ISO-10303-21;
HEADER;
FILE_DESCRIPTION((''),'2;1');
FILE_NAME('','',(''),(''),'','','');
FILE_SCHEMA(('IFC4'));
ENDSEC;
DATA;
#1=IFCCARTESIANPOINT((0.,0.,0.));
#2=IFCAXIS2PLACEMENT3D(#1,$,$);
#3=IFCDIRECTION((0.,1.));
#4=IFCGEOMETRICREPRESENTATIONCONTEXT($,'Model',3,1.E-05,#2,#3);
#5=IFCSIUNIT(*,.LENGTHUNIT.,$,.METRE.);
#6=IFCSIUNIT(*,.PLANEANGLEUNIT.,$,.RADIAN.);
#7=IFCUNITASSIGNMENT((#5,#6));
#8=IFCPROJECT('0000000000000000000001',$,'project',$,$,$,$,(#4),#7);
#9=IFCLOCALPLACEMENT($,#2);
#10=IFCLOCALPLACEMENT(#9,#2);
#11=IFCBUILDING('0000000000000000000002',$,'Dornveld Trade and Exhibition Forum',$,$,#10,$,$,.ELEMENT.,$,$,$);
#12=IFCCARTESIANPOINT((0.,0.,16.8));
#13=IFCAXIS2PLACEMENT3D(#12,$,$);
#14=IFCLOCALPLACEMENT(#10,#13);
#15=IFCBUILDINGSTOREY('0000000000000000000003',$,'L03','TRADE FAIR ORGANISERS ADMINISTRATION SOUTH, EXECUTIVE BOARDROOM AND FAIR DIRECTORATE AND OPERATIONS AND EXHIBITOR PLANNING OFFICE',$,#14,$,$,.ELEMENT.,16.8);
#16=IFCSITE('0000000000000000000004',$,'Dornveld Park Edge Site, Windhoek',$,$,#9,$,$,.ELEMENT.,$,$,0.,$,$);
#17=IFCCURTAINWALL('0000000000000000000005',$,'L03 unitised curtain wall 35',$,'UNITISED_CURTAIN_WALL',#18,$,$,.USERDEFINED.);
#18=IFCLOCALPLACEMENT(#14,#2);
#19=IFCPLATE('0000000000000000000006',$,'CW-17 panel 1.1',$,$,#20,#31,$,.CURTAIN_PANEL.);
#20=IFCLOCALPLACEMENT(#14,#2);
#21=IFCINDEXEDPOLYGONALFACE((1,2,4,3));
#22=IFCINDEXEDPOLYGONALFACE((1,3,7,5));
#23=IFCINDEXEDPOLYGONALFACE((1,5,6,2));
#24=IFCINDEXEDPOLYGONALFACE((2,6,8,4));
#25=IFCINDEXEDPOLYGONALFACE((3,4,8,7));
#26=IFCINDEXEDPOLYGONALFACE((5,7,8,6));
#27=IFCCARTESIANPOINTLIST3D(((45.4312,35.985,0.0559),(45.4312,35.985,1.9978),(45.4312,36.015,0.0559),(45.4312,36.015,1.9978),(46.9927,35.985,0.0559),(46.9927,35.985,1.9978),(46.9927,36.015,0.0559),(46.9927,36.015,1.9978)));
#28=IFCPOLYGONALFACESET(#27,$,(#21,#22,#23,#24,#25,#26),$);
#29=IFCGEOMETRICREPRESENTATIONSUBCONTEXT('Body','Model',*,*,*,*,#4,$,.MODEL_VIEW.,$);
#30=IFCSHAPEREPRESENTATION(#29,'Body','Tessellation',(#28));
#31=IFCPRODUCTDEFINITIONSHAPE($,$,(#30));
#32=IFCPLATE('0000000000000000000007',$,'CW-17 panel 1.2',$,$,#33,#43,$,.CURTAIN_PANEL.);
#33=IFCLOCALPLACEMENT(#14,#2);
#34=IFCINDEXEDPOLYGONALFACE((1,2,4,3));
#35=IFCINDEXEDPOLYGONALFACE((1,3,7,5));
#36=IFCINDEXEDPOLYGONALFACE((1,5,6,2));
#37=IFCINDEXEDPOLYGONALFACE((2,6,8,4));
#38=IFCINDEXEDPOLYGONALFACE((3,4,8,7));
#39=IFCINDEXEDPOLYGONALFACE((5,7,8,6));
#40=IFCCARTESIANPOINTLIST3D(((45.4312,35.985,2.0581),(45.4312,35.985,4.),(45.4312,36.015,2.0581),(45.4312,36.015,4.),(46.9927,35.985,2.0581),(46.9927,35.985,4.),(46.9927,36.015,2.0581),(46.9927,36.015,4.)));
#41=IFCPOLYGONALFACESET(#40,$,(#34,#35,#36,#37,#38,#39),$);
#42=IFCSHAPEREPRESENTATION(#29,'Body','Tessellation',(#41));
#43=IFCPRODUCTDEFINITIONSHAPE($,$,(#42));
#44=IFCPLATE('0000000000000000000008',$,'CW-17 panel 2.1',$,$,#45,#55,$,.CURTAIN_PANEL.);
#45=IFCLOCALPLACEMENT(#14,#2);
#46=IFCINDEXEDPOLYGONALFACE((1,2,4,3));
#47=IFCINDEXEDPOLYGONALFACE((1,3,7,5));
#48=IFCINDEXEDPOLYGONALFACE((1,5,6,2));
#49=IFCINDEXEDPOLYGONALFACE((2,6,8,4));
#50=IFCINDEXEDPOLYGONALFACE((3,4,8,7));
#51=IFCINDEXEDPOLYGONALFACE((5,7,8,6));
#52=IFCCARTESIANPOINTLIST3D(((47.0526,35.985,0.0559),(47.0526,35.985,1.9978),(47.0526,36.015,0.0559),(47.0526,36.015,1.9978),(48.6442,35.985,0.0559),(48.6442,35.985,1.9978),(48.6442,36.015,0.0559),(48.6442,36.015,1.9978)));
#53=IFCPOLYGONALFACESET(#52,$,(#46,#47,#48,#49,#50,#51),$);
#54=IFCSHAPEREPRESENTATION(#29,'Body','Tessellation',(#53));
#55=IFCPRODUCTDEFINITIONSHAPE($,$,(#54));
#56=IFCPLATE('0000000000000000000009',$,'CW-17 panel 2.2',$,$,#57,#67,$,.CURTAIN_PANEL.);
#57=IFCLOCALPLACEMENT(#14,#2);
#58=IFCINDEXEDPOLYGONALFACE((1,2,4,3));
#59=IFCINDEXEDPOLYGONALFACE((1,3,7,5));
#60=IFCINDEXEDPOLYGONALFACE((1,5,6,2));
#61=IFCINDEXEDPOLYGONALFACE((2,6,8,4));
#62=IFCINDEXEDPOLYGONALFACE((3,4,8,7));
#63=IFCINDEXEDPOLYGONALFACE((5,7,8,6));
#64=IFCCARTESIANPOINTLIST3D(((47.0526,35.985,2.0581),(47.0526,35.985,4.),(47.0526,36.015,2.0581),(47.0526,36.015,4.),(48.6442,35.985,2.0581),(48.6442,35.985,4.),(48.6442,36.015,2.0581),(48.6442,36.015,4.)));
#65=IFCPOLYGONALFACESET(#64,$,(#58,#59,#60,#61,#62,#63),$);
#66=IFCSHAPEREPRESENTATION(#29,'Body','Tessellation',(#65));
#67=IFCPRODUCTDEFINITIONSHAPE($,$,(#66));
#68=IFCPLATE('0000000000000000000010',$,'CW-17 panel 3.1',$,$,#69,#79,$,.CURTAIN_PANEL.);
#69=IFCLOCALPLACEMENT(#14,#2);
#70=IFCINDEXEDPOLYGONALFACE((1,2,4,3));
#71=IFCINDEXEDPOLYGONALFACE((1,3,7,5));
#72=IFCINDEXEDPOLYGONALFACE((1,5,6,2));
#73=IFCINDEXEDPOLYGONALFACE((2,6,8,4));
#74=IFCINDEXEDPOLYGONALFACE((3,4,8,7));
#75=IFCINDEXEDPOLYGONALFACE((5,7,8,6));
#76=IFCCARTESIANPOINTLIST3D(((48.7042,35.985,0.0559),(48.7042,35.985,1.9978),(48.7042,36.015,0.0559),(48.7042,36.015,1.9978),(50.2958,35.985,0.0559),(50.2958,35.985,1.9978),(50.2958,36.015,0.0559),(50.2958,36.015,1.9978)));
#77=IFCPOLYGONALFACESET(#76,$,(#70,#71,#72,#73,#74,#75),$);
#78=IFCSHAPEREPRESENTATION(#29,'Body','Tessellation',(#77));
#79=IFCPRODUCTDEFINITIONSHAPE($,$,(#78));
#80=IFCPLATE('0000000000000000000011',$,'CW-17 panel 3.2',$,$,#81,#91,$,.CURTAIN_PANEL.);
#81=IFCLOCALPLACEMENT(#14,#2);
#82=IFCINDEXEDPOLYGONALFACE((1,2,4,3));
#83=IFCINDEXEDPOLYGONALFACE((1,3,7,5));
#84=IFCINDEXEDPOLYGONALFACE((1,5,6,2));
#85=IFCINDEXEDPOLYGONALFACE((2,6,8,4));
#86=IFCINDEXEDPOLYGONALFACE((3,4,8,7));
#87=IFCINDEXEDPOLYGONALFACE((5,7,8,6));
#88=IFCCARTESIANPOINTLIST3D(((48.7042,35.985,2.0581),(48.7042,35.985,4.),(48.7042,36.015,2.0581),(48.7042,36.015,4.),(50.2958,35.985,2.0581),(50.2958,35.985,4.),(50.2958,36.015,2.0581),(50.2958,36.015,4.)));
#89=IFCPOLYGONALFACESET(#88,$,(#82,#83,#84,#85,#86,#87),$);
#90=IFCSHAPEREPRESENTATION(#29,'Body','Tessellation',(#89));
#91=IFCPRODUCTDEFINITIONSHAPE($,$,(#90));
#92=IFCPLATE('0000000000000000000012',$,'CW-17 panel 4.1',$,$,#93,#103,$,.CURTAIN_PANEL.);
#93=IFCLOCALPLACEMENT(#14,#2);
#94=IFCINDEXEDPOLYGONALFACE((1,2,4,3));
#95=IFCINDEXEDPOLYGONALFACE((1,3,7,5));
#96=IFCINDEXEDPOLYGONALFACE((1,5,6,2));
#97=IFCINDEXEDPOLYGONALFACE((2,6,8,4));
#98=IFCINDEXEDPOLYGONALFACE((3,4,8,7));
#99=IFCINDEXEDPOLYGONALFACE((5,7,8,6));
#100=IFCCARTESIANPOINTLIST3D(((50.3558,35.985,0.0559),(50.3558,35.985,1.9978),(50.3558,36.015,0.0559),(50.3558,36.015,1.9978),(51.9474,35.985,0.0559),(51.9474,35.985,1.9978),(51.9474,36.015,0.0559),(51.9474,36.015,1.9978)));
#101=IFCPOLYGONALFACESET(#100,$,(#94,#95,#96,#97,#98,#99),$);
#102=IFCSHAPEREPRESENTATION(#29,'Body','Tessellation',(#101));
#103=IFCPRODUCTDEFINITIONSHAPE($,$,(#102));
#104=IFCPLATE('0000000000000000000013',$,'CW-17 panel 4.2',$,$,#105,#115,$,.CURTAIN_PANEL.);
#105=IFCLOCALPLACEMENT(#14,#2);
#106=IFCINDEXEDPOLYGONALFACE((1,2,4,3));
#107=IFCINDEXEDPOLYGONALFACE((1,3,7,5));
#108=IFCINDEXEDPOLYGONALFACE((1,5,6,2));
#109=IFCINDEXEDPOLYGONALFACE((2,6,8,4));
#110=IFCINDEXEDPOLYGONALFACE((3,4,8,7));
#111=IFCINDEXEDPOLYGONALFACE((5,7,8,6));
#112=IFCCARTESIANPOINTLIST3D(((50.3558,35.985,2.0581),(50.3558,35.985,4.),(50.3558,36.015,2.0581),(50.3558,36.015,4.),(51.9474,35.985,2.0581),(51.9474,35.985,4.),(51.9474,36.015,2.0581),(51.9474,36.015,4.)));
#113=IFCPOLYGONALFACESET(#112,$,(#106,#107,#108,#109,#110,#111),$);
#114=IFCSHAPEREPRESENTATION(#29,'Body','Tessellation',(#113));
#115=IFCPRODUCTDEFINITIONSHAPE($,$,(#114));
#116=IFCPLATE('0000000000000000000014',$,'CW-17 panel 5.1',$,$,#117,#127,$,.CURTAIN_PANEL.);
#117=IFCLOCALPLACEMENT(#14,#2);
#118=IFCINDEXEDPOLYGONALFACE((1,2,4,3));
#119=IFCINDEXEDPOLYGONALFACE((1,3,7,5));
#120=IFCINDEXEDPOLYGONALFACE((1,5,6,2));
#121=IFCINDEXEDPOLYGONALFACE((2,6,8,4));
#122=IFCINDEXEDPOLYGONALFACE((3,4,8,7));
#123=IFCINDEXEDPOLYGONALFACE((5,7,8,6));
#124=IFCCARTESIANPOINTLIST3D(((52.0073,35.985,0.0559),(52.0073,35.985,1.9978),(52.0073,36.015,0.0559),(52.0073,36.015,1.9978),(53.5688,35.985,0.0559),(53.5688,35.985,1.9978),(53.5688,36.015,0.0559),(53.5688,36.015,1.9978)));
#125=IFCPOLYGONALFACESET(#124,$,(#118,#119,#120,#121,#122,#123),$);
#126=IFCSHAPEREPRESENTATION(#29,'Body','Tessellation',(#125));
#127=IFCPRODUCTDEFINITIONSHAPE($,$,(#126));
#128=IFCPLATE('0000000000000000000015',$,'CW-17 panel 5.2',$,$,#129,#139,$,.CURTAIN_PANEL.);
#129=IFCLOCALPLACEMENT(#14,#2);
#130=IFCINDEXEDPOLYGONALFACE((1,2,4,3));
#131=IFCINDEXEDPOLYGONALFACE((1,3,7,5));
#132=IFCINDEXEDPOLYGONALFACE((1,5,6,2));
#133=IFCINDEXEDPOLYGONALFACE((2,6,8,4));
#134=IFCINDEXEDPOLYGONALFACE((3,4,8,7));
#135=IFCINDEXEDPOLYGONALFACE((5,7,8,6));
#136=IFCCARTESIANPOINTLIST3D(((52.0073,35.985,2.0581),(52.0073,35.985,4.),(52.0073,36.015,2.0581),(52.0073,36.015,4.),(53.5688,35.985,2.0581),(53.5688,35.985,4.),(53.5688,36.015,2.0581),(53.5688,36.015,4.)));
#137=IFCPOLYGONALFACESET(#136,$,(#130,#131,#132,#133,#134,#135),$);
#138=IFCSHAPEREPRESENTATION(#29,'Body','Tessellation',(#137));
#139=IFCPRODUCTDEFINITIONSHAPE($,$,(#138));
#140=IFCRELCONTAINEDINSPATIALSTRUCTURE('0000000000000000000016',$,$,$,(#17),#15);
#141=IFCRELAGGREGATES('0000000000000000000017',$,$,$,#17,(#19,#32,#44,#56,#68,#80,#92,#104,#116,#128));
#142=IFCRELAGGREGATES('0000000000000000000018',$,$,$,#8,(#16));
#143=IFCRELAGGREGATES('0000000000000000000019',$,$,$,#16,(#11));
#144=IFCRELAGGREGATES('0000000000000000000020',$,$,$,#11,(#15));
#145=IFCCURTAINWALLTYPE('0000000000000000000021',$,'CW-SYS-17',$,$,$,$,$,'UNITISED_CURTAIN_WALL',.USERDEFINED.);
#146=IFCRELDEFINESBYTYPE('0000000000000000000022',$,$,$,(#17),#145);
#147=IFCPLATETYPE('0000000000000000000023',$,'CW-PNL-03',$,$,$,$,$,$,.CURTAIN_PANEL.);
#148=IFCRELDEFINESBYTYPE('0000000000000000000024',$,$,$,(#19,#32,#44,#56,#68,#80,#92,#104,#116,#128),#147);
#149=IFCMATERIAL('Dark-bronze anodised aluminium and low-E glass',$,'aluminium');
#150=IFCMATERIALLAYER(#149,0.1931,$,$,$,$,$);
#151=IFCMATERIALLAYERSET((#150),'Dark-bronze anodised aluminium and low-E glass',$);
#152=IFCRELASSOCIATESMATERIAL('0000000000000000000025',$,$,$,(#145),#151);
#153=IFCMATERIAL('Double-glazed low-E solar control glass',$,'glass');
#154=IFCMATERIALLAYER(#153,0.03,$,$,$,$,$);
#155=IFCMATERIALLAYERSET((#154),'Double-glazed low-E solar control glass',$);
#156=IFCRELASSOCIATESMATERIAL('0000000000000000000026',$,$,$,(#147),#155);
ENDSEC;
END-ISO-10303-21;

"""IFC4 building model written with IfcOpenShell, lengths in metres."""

from ifc_helpers import new_model, si_unit, direction, frame, origin, origin_2d, place, context, subcontext, project, spatial, rectangle, extrude, material, layer, layer_set, type_object, element, aggregate, save


model = new_model("IFC4")

# Units and contexts
model_context = context("Model", 3, precision=1e-05, world=origin(), true_north=direction((0.0, 1.0)))
body_context = subcontext(model_context, "Body", "Model", "MODEL_VIEW")
ifc_project = project(units=[si_unit("LENGTHUNIT", "METRE"), si_unit("PLANEANGLEUNIT", "RADIAN")], contexts=[model_context])

# Site, building, storey
site_placement = place(None, origin())
site = spatial("IfcSite", under=ifc_project, at=site_placement, Name="Dornveld Park Edge Site, Windhoek", CompositionType="ELEMENT", RefElevation=0.0)
building_placement = place(site_placement, origin())
building = spatial("IfcBuilding", under=site, at=building_placement, Name="Dornveld Trade and Exhibition Forum", CompositionType="ELEMENT")
storey_placement = place(building_placement, frame((0.0, 0.0, 16.8)))
storey = spatial("IfcBuildingStorey", under=building, at=storey_placement, Name="L03", Description="TRADE FAIR ORGANISERS ADMINISTRATION SOUTH, EXECUTIVE BOARDROOM AND FAIR DIRECTORATE AND OPERATIONS AND EXHIBITOR PLANNING OFFICE", CompositionType="ELEMENT", Elevation=16.8)

# Curtain wall
ifc_material_1 = material(Name="Dark-bronze anodised aluminium and low-E glass", Category="aluminium")
ifc_layer_1 = layer(ifc_material_1, 0.1931)
ifc_layer_set_1 = layer_set([ifc_layer_1], Name="Dark-bronze anodised aluminium and low-E glass")
curtain_wall_type_1 = type_object("IfcCurtainWallType", Name="CW-SYS-17", ElementType="UNITISED_CURTAIN_WALL", PredefinedType="USERDEFINED", material=ifc_layer_set_1)
curtain_wall_1_placement = place(storey_placement, origin())
curtain_wall_1 = element("IfcCurtainWall", 1, at=curtain_wall_1_placement, inside=storey, type_object=curtain_wall_type_1, Name="L03 unitised curtain wall 35", ObjectType="UNITISED_CURTAIN_WALL", PredefinedType="USERDEFINED")

# Plates
ifc_material_2 = material(Name="Double-glazed low-E solar control glass", Category="glass")
ifc_layer_2 = layer(ifc_material_2, 0.03)
ifc_layer_set_2 = layer_set([ifc_layer_2], Name="Double-glazed low-E solar control glass")
plate_type = type_object("IfcPlateType", Name="CW-PNL-03", PredefinedType="CURTAIN_PANEL", material=ifc_layer_set_2)
plate_1_placement = place(storey_placement, frame((46.2119, 36.0, 0.0559), z_axis=(0.0, 0.0, 1.0), x_axis=(1.0, 0.0, 0.0)))
plate_1 = element("IfcPlate", 2, at=plate_1_placement, type_object=plate_type, Name="CW-17 panel 1.1", PredefinedType="CURTAIN_PANEL", context=body_context, shape_type="SweptSolid", body=[
    extrude(rectangle(XDim=1.5615, YDim=0.03, at=origin_2d()), origin(), (0.0, 0.0, 1.0), 1.9419),
])
plate_2_placement = place(storey_placement, frame((46.2119, 36.0, 2.0581), z_axis=(0.0, 0.0, 1.0), x_axis=(1.0, 0.0, 0.0)))
plate_2 = element("IfcPlate", 3, at=plate_2_placement, type_object=plate_type, Name="CW-17 panel 1.2", PredefinedType="CURTAIN_PANEL", context=body_context, shape_type="SweptSolid", body=[
    extrude(rectangle(XDim=1.5615, YDim=0.03, at=origin_2d()), origin(), (0.0, 0.0, 1.0), 1.9419),
])
plate_3_placement = place(storey_placement, frame((47.8484, 36.0, 0.0559), z_axis=(0.0, 0.0, 1.0), x_axis=(1.0, 0.0, 0.0)))
plate_3 = element("IfcPlate", 4, at=plate_3_placement, type_object=plate_type, Name="CW-17 panel 2.1", PredefinedType="CURTAIN_PANEL", context=body_context, shape_type="SweptSolid", body=[
    extrude(rectangle(XDim=1.5916, YDim=0.03, at=origin_2d()), origin(), (0.0, 0.0, 1.0), 1.9419),
])
plate_4_placement = place(storey_placement, frame((47.8484, 36.0, 2.0581), z_axis=(0.0, 0.0, 1.0), x_axis=(1.0, 0.0, 0.0)))
plate_4 = element("IfcPlate", 5, at=plate_4_placement, type_object=plate_type, Name="CW-17 panel 2.2", PredefinedType="CURTAIN_PANEL", context=body_context, shape_type="SweptSolid", body=[
    extrude(rectangle(XDim=1.5916, YDim=0.03, at=origin_2d()), origin(), (0.0, 0.0, 1.0), 1.9419),
])
plate_5_placement = place(storey_placement, frame((49.5, 36.0, 0.0559), z_axis=(0.0, 0.0, 1.0), x_axis=(1.0, 0.0, 0.0)))
plate_5 = element("IfcPlate", 6, at=plate_5_placement, type_object=plate_type, Name="CW-17 panel 3.1", PredefinedType="CURTAIN_PANEL", context=body_context, shape_type="SweptSolid", body=[
    extrude(rectangle(XDim=1.5916, YDim=0.03, at=origin_2d()), origin(), (0.0, 0.0, 1.0), 1.9419),
])
plate_6_placement = place(storey_placement, frame((49.5, 36.0, 2.0581), z_axis=(0.0, 0.0, 1.0), x_axis=(1.0, 0.0, 0.0)))
plate_6 = element("IfcPlate", 7, at=plate_6_placement, type_object=plate_type, Name="CW-17 panel 3.2", PredefinedType="CURTAIN_PANEL", context=body_context, shape_type="SweptSolid", body=[
    extrude(rectangle(XDim=1.5916, YDim=0.03, at=origin_2d()), origin(), (0.0, 0.0, 1.0), 1.9419),
])
plate_7_placement = place(storey_placement, frame((51.1516, 36.0, 0.0559), z_axis=(0.0, 0.0, 1.0), x_axis=(1.0, 0.0, 0.0)))
plate_7 = element("IfcPlate", 8, at=plate_7_placement, type_object=plate_type, Name="CW-17 panel 4.1", PredefinedType="CURTAIN_PANEL", context=body_context, shape_type="SweptSolid", body=[
    extrude(rectangle(XDim=1.5916, YDim=0.03, at=origin_2d()), origin(), (0.0, 0.0, 1.0), 1.9419),
])
plate_8_placement = place(storey_placement, frame((51.1516, 36.0, 2.0581), z_axis=(0.0, 0.0, 1.0), x_axis=(1.0, 0.0, 0.0)))
plate_8 = element("IfcPlate", 9, at=plate_8_placement, type_object=plate_type, Name="CW-17 panel 4.2", PredefinedType="CURTAIN_PANEL", context=body_context, shape_type="SweptSolid", body=[
    extrude(rectangle(XDim=1.5916, YDim=0.03, at=origin_2d()), origin(), (0.0, 0.0, 1.0), 1.9419),
])
plate_9_placement = place(storey_placement, frame((52.7881, 36.0, 0.0559), z_axis=(0.0, 0.0, 1.0), x_axis=(1.0, 0.0, 0.0)))
plate_9 = element("IfcPlate", 10, at=plate_9_placement, type_object=plate_type, Name="CW-17 panel 5.1", PredefinedType="CURTAIN_PANEL", context=body_context, shape_type="SweptSolid", body=[
    extrude(rectangle(XDim=1.5615, YDim=0.03, at=origin_2d()), origin(), (0.0, 0.0, 1.0), 1.9419),
])
plate_10_placement = place(storey_placement, frame((52.7881, 36.0, 2.0581), z_axis=(0.0, 0.0, 1.0), x_axis=(1.0, 0.0, 0.0)))
plate_10 = element("IfcPlate", 11, at=plate_10_placement, type_object=plate_type, Name="CW-17 panel 5.2", PredefinedType="CURTAIN_PANEL", context=body_context, shape_type="SweptSolid", body=[
    extrude(rectangle(XDim=1.5615, YDim=0.03, at=origin_2d()), origin(), (0.0, 0.0, 1.0), 1.9419),
])
aggregate(curtain_wall_1, [plate_1, plate_2, plate_3, plate_4, plate_5, plate_6, plate_7, plate_8, plate_9, plate_10])

save(model, "model.ifc")
